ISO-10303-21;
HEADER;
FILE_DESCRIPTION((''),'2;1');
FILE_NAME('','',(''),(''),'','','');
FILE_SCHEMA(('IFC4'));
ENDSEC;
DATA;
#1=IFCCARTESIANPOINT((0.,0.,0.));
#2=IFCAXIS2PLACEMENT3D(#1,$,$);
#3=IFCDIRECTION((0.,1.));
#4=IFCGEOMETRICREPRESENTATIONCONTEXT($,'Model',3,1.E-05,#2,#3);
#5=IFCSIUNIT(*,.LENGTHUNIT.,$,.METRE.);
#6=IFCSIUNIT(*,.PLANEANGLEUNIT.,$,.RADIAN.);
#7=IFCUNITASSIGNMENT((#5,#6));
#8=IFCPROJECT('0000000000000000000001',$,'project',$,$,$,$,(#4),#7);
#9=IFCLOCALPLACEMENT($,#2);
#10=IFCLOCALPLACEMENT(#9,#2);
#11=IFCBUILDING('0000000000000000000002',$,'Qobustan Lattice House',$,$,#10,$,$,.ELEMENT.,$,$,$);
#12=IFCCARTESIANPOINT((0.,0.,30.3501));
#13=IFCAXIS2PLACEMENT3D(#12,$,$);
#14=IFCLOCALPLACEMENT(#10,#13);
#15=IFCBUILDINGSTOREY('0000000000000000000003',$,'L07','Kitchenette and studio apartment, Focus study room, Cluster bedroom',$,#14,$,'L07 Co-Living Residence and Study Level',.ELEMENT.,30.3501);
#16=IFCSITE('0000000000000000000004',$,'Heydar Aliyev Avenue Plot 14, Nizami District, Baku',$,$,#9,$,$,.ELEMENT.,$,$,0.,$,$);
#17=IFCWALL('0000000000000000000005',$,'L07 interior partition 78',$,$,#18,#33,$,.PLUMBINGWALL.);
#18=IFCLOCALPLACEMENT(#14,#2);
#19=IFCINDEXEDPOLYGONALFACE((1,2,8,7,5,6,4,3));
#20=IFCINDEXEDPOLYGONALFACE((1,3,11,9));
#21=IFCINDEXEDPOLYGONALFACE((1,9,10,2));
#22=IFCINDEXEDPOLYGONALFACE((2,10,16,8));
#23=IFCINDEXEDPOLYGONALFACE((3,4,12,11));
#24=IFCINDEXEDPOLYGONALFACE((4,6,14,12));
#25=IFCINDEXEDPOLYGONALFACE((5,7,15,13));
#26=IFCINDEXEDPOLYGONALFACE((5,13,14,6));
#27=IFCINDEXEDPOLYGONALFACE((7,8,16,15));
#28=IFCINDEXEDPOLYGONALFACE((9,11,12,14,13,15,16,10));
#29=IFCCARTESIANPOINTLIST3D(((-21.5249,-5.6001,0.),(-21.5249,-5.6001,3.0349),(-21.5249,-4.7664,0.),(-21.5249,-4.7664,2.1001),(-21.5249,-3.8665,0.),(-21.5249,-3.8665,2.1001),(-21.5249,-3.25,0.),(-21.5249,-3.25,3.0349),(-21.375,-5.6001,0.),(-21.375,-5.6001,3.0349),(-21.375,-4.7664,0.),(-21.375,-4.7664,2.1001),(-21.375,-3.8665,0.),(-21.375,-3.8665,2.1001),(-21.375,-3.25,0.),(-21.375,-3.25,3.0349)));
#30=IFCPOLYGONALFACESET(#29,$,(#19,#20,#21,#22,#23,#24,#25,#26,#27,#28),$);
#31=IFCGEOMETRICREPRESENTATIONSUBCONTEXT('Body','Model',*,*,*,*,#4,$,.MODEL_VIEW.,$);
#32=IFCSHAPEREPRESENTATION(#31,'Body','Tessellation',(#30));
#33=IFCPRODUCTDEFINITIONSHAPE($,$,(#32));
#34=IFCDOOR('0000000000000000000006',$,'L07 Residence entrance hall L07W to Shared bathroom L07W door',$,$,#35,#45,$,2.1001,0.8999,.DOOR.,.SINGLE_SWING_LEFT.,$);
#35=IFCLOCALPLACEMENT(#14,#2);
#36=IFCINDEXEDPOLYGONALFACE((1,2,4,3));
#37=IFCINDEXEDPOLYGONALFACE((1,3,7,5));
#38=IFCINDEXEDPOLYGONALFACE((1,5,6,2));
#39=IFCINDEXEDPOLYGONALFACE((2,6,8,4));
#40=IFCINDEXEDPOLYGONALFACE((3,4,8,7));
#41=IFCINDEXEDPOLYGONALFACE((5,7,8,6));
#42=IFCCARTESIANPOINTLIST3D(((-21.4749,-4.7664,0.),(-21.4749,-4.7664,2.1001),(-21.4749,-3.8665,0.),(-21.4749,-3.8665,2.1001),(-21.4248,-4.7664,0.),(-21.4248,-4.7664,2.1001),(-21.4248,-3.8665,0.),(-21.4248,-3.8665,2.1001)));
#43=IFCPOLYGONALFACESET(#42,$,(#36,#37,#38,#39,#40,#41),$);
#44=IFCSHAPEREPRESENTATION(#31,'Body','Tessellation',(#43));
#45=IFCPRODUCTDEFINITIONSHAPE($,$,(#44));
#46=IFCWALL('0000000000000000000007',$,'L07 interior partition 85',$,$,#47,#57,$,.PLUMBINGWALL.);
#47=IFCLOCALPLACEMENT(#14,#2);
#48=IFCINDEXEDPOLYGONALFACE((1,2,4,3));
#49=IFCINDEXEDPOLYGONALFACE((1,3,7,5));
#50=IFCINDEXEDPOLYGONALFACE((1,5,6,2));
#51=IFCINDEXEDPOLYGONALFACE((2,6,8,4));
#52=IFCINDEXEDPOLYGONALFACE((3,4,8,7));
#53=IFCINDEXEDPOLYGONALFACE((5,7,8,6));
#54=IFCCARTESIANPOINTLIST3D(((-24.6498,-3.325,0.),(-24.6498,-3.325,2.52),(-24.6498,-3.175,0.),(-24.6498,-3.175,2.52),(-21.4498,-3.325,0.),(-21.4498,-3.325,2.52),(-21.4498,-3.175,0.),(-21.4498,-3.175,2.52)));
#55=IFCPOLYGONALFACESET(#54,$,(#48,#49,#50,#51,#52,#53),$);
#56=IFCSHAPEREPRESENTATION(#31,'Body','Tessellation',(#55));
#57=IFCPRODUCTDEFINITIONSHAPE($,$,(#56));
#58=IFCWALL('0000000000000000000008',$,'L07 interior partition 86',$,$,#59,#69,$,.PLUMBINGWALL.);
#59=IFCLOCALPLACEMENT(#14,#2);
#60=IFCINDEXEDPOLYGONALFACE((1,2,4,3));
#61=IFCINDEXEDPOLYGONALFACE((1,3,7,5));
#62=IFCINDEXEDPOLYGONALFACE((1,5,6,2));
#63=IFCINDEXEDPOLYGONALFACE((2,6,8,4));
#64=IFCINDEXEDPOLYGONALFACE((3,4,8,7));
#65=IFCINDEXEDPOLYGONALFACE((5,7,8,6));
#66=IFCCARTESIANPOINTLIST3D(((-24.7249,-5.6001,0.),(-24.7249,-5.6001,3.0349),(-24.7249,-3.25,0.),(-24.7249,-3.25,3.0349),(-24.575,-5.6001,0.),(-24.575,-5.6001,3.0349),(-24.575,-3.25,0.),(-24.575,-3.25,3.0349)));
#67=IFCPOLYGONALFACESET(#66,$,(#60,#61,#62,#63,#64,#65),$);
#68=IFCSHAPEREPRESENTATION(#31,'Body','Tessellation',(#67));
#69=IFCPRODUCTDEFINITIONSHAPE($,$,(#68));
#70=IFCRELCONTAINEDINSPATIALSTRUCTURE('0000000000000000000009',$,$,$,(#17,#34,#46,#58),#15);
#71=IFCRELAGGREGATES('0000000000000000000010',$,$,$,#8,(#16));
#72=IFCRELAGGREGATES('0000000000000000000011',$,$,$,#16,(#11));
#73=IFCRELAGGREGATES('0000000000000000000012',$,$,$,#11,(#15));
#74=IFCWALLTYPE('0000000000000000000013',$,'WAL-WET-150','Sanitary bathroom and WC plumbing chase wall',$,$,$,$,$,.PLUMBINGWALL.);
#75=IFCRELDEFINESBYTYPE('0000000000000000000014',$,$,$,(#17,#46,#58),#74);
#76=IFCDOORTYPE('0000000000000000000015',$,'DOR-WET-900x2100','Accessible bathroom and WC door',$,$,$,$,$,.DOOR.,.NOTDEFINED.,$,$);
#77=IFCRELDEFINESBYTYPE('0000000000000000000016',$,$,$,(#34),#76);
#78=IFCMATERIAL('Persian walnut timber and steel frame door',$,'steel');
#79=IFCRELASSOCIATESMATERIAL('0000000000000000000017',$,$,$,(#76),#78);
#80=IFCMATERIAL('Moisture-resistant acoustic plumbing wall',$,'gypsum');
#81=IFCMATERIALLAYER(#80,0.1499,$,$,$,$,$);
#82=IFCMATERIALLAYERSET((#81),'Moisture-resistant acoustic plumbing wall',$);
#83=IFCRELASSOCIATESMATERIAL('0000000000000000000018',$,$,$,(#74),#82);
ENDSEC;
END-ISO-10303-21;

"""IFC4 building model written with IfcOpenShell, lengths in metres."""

from ifc_helpers import new_model, si_unit, direction, frame, frame_2d, origin, place, context, subcontext, project, spatial, rectangle, extrude, material, layer, layer_set, type_object, element, fill, save


model = new_model("IFC4")

# Units and contexts
model_context = context("Model", 3, precision=1e-05, world=origin(), true_north=direction((0.0, 1.0)))
body_context = subcontext(model_context, "Body", "Model", "MODEL_VIEW")
ifc_project = project(units=[si_unit("LENGTHUNIT", "METRE"), si_unit("PLANEANGLEUNIT", "RADIAN")], contexts=[model_context])

# Site, building, storey
site_placement = place(None, origin())
site = spatial("IfcSite", under=ifc_project, at=site_placement, Name="Heydar Aliyev Avenue Plot 14, Nizami District, Baku", CompositionType="ELEMENT", RefElevation=0.0)
building_placement = place(site_placement, origin())
building = spatial("IfcBuilding", under=site, at=building_placement, Name="Qobustan Lattice House", CompositionType="ELEMENT")
storey_placement = place(building_placement, frame((0.0, 0.0, 30.3501)))
storey = spatial("IfcBuildingStorey", under=building, at=storey_placement, Name="L07", Description="Kitchenette and studio apartment, Focus study room, Cluster bedroom", LongName="L07 Co-Living Residence and Study Level", CompositionType="ELEMENT", Elevation=30.3501)

# Shared definitions
ifc_material_1 = material(Name="Persian walnut timber and steel frame door", Category="steel")
door_type_1 = type_object("IfcDoorType", Name="DOR-WET-900x2100", Description="Accessible bathroom and WC door", OperationType="NOTDEFINED", PredefinedType="DOOR", material=ifc_material_1)

# Shared definitions
ifc_material_2 = material(Name="Moisture-resistant acoustic plumbing wall", Category="gypsum")
ifc_layer_1 = layer(ifc_material_2, 0.1499)
ifc_layer_set_1 = layer_set([ifc_layer_1], Name="Moisture-resistant acoustic plumbing wall")
wall_type_1 = type_object("IfcWallType", Name="WAL-WET-150", Description="Sanitary bathroom and WC plumbing chase wall", PredefinedType="PLUMBINGWALL", material=ifc_layer_set_1)

# Wall, opening, door
wall_1_placement = place(storey_placement, frame((-21.45, -5.6001, 0.0), z_axis=(0.0, 0.0, 1.0), x_axis=(0.0, 1.0, 0.0)))
wall_1 = element("IfcWall", 1, at=wall_1_placement, inside=storey, type_object=wall_type_1, Name="L07 interior partition 78", PredefinedType="PLUMBINGWALL", context=body_context, shape_type="SweptSolid", body=[
    extrude(rectangle(XDim=2.3501, YDim=0.1499, at=frame_2d((1.175, 0.0))), origin(), (0.0, 0.0, 1.0), 3.0349),
])
opening_1_placement = place(wall_1_placement, frame((0.8337, 0.0, 0.0)))
opening_1 = element("IfcOpeningElement", 2, at=opening_1_placement, cuts=wall_1, PredefinedType="OPENING", context=body_context, shape_type="SweptSolid", body=[
    extrude(rectangle(XDim=0.8999, YDim=2.1001, at=frame_2d((0.45, 1.05))), frame((0.0, 0.085, 0.0), z_axis=(0.0, -1.0, 0.0), x_axis=(1.0, 0.0, 0.0)), (0.0, 0.0, 1.0), 0.1699),
])
door_1_placement = place(opening_1_placement, origin())
door_1 = element("IfcDoor", 3, at=door_1_placement, inside=storey, type_object=door_type_1, Name="L07 Residence entrance hall L07W to Shared bathroom L07W door", OperationType="SINGLE_SWING_LEFT", OverallHeight=2.1001, OverallWidth=0.8999, PredefinedType="DOOR", context=body_context, shape_type="SweptSolid", body=[
    extrude(rectangle(XDim=0.8999, YDim=2.1001, at=frame_2d((0.45, 1.05))), frame((0.0, 0.0249, 0.0), z_axis=(0.0, -1.0, 0.0), x_axis=(1.0, 0.0, 0.0)), (0.0, 0.0, 1.0), 0.05),
])
fill(opening_1, door_1)

# Walls
wall_2_placement = place(storey_placement, frame((-24.6499, -3.25, 0.0), z_axis=(0.0, 0.0, 1.0), x_axis=(1.0, 0.0, 0.0)))
element("IfcWall", 4, at=wall_2_placement, inside=storey, type_object=wall_type_1, Name="L07 interior partition 85", PredefinedType="PLUMBINGWALL", context=body_context, shape_type="SweptSolid", body=[
    extrude(rectangle(XDim=3.2, YDim=0.1499, at=frame_2d((1.6001, 0.0))), origin(), (0.0, 0.0, 1.0), 2.52),
])
wall_3_placement = place(storey_placement, frame((-24.6499, -5.6001, 0.0), z_axis=(0.0, 0.0, 1.0), x_axis=(0.0, 1.0, 0.0)))
element("IfcWall", 5, at=wall_3_placement, inside=storey, type_object=wall_type_1, Name="L07 interior partition 86", PredefinedType="PLUMBINGWALL", context=body_context, shape_type="SweptSolid", body=[
    extrude(rectangle(XDim=2.3501, YDim=0.1499, at=frame_2d((1.175, 0.0))), origin(), (0.0, 0.0, 1.0), 3.0349),
])

save(model, "model.ifc")
